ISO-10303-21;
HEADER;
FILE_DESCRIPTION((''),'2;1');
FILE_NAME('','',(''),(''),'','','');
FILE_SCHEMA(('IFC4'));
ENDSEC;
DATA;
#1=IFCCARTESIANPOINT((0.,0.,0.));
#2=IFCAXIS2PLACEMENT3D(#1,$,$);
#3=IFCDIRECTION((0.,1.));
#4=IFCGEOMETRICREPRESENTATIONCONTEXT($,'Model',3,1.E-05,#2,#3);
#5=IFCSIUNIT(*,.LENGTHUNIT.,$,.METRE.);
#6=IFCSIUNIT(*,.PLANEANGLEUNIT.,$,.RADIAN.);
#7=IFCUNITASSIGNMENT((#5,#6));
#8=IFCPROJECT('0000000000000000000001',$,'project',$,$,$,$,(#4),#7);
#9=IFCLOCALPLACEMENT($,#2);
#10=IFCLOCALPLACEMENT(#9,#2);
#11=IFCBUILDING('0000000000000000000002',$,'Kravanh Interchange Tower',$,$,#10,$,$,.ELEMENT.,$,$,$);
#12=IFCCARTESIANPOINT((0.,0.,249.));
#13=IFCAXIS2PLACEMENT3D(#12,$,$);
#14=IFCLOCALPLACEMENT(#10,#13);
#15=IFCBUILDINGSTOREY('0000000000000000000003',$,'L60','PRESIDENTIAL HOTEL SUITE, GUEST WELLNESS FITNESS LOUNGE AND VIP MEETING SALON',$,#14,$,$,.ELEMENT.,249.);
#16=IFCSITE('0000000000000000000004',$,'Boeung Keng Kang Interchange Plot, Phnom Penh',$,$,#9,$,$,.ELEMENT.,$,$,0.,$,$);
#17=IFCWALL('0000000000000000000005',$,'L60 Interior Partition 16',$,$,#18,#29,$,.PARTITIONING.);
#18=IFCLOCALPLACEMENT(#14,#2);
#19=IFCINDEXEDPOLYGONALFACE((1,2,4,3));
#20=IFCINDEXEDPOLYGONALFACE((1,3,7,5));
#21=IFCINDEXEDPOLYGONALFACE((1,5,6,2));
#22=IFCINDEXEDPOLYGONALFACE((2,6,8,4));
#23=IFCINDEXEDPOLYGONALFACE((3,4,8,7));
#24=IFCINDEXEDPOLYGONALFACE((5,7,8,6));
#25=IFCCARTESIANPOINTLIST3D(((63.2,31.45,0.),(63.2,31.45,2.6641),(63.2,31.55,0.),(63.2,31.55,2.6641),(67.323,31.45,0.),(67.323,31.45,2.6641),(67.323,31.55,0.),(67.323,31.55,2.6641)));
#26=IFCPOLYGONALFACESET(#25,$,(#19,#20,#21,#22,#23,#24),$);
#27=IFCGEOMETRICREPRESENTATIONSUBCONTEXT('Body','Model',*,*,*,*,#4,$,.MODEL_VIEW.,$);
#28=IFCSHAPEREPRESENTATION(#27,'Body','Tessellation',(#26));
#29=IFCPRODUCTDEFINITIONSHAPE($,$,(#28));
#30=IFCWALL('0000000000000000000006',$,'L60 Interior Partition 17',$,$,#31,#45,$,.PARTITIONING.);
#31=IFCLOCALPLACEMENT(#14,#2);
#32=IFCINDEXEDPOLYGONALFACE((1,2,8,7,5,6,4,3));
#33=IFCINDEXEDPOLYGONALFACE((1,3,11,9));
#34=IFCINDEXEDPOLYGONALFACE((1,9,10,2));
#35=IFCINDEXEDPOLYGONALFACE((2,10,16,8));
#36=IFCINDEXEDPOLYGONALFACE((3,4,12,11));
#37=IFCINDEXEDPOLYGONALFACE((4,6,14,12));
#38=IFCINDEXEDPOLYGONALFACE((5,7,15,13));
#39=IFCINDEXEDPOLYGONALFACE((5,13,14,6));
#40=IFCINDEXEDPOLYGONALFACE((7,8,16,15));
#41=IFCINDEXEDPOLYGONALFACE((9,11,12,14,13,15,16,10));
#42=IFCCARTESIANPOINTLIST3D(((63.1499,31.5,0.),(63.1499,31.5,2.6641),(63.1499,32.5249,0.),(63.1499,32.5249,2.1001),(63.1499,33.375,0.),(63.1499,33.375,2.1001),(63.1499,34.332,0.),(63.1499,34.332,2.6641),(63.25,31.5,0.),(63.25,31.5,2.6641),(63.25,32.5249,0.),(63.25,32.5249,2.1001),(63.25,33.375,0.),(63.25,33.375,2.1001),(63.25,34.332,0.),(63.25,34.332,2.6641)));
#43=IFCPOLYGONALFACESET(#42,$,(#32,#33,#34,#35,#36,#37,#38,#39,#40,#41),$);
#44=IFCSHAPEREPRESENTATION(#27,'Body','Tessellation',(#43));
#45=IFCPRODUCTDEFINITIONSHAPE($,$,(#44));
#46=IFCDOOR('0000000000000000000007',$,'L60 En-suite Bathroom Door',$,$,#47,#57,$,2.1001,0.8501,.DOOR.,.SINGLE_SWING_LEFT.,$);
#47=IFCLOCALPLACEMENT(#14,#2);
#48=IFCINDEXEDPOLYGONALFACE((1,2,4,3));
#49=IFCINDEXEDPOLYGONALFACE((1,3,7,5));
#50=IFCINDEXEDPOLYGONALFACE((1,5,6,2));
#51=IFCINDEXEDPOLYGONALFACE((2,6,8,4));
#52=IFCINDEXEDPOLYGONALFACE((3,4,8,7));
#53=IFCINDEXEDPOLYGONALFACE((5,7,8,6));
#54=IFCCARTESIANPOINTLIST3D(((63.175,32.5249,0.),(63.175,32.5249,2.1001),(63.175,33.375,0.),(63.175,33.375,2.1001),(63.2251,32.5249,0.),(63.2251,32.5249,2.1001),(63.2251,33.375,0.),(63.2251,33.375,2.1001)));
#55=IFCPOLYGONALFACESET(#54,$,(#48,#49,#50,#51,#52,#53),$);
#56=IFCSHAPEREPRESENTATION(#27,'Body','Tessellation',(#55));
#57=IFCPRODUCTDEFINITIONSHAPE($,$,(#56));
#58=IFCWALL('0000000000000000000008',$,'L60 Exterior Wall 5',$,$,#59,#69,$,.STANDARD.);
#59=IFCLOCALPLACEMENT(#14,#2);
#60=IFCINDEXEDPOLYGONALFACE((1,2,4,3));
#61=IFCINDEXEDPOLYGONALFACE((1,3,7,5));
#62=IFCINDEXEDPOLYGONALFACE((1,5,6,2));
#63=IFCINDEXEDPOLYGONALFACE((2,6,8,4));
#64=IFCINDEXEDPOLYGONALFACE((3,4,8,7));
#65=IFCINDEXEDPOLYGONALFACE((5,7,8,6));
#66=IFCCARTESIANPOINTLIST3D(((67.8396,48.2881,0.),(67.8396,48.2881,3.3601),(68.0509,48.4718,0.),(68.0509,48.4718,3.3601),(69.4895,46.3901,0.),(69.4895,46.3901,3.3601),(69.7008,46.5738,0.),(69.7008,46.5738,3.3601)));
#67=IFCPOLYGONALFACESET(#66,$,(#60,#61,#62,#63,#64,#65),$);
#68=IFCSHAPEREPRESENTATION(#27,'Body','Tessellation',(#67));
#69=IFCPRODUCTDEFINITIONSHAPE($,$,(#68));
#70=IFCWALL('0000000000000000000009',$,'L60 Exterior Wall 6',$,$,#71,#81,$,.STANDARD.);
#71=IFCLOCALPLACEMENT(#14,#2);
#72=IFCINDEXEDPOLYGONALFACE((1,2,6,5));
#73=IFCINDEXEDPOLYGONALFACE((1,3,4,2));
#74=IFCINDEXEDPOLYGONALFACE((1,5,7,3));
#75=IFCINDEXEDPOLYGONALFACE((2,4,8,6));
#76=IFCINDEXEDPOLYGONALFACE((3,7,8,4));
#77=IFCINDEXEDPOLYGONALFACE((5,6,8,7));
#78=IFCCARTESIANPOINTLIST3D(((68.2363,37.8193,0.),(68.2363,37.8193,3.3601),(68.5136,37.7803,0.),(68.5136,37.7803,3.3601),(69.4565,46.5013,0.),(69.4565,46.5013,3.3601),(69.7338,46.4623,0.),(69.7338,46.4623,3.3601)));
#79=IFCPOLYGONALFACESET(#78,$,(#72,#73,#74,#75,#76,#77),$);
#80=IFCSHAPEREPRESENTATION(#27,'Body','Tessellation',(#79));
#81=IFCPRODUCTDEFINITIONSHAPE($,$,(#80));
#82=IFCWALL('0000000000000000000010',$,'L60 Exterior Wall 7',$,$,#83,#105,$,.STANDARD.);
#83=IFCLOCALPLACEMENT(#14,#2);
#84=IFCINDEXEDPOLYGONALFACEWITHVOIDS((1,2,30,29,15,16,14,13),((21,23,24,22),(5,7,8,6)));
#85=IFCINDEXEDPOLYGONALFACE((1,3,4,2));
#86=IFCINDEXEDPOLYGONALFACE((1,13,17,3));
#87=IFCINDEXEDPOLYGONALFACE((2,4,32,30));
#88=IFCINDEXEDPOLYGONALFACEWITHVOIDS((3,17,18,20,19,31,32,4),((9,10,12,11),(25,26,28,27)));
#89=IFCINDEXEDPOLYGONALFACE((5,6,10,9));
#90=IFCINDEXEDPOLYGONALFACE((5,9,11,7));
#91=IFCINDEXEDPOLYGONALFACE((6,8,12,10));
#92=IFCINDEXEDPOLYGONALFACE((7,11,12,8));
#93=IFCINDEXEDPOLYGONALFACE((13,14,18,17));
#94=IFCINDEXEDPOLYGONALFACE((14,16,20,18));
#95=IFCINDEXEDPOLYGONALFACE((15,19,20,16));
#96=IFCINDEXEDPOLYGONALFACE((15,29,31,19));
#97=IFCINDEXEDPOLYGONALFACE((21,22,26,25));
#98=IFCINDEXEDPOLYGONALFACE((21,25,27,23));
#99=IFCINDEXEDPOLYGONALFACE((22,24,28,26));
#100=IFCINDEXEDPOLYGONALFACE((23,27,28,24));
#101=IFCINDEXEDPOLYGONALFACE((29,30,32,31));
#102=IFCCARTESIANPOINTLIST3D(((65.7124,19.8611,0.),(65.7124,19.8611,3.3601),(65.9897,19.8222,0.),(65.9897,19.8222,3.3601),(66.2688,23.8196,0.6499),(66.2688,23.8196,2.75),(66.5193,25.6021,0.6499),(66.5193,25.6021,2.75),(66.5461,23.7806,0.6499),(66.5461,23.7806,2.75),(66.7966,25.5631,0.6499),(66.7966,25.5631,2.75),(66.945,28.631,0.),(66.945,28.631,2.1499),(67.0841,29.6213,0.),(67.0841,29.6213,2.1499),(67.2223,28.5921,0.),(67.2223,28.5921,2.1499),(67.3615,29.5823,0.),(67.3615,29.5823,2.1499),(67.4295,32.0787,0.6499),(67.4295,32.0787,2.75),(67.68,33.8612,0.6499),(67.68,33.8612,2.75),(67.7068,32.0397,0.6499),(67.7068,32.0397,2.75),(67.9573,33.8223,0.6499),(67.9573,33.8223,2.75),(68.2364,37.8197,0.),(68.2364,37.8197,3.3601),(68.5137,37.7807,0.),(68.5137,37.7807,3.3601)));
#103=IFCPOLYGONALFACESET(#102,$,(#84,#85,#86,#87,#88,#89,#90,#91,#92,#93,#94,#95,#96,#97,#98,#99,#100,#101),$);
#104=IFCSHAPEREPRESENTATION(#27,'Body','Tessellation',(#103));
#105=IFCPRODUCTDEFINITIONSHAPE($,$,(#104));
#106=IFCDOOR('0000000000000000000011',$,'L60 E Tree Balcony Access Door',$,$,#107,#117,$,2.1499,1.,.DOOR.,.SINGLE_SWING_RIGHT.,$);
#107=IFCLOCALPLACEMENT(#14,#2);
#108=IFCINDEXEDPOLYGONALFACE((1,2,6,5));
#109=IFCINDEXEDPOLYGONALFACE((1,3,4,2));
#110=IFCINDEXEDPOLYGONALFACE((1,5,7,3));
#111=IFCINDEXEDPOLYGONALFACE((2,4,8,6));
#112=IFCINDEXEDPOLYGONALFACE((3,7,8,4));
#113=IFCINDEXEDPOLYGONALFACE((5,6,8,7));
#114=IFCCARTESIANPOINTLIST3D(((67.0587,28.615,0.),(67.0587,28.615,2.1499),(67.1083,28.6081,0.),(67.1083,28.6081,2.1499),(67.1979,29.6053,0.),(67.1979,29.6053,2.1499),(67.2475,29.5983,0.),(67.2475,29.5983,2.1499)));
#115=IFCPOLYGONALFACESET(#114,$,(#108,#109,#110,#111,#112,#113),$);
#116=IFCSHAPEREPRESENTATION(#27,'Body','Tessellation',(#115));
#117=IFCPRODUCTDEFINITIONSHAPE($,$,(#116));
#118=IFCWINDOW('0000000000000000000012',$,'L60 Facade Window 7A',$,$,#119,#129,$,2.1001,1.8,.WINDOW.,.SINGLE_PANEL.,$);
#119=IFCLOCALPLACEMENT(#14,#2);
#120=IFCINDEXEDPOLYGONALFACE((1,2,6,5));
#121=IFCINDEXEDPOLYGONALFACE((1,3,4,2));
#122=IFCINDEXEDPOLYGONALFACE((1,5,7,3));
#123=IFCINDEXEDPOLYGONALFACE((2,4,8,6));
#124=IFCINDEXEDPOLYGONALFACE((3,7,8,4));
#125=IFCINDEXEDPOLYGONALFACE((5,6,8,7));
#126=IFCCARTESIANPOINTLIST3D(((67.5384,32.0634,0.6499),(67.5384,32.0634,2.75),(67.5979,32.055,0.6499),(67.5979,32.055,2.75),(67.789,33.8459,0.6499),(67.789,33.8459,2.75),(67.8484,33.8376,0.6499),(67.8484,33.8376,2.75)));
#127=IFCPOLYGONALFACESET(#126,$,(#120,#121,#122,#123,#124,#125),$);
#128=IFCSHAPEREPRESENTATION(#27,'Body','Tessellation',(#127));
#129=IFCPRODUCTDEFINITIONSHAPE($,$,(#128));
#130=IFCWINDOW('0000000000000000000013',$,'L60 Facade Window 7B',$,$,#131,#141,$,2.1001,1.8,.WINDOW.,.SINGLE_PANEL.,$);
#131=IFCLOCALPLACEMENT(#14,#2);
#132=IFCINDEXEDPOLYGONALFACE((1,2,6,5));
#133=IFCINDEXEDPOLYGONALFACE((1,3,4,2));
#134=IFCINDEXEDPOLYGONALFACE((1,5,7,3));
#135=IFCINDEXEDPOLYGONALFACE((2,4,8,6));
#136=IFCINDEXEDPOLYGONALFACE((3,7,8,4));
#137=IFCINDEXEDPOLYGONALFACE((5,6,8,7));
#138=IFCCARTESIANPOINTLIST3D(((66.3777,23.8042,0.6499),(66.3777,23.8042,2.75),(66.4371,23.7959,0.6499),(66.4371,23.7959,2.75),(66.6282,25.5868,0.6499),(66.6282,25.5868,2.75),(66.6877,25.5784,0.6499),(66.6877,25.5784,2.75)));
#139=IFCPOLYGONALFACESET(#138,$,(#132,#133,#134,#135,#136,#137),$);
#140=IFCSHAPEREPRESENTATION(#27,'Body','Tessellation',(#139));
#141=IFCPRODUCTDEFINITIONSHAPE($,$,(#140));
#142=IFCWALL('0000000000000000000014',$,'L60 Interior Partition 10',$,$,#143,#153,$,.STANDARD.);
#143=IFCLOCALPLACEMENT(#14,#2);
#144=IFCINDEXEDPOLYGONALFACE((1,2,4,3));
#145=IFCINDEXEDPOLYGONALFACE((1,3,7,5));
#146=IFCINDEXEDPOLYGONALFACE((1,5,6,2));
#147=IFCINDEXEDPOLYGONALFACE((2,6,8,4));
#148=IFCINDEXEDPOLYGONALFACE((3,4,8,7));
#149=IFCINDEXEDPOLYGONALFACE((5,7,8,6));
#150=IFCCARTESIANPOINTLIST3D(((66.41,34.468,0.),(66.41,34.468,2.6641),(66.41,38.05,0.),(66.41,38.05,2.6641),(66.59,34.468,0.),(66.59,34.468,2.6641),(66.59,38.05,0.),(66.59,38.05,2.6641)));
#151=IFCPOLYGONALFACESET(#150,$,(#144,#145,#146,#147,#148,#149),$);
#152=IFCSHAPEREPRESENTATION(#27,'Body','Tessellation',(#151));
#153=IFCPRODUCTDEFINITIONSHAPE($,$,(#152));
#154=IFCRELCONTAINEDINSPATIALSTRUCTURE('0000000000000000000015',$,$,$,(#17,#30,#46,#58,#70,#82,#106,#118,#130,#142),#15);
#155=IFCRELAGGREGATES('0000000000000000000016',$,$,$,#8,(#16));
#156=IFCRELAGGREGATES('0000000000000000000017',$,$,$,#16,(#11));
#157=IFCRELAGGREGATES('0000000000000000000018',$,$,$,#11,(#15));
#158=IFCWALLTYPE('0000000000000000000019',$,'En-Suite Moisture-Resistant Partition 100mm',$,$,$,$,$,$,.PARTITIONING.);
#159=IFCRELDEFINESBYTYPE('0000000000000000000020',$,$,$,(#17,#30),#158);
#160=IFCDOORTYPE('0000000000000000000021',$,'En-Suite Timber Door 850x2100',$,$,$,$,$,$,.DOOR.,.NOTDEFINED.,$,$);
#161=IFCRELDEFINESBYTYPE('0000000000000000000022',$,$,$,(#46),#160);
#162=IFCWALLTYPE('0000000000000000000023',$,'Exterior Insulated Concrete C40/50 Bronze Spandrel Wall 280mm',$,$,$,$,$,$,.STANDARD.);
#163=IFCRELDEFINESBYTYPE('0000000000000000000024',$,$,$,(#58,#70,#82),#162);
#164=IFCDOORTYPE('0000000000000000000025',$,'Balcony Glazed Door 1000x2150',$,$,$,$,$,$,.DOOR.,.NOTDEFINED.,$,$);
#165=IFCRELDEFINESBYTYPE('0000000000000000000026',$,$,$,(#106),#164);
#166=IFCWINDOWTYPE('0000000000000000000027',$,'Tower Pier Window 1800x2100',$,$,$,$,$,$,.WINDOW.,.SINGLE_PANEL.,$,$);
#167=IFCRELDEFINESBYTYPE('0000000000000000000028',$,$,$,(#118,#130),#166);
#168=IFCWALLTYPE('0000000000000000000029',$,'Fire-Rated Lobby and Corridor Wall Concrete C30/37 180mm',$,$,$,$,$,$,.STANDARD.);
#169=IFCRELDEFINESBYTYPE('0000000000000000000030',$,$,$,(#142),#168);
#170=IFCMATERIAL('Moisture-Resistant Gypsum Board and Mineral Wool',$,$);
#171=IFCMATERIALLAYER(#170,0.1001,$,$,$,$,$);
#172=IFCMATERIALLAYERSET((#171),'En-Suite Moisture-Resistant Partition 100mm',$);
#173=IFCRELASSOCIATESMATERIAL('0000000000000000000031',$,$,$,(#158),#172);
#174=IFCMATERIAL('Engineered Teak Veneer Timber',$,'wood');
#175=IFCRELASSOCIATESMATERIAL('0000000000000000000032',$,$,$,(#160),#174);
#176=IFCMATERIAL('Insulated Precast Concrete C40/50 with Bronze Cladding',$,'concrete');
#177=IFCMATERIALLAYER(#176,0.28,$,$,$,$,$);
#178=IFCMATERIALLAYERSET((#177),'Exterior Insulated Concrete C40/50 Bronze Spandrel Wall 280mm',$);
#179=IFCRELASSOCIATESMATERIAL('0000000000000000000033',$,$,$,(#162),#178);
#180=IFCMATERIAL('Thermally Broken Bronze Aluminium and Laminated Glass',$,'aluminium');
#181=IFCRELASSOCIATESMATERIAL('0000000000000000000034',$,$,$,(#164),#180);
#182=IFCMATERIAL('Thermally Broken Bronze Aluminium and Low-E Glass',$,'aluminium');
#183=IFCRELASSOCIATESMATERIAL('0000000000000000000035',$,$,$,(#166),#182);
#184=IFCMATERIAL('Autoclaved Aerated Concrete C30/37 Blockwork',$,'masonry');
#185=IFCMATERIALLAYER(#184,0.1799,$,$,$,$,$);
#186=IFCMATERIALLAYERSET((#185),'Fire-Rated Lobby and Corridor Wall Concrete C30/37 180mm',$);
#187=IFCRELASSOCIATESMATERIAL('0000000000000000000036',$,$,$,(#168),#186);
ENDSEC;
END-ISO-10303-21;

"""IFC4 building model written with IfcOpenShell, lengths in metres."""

from ifc_helpers import new_model, si_unit, direction, frame, frame_2d, origin, place, context, subcontext, project, spatial, rectangle, extrude, material, layer, layer_set, type_object, element, fill, save


model = new_model("IFC4")

# Units and contexts
model_context = context("Model", 3, precision=1e-05, world=origin(), true_north=direction((0.0, 1.0)))
body_context = subcontext(model_context, "Body", "Model", "MODEL_VIEW")
ifc_project = project(units=[si_unit("LENGTHUNIT", "METRE"), si_unit("PLANEANGLEUNIT", "RADIAN")], contexts=[model_context])

# Site, building, storey
site_placement = place(None, origin())
site = spatial("IfcSite", under=ifc_project, at=site_placement, Name="Boeung Keng Kang Interchange Plot, Phnom Penh", CompositionType="ELEMENT", RefElevation=0.0)
building_placement = place(site_placement, origin())
building = spatial("IfcBuilding", under=site, at=building_placement, Name="Kravanh Interchange Tower", CompositionType="ELEMENT")
storey_placement = place(building_placement, frame((0.0, 0.0, 249.0)))
storey = spatial("IfcBuildingStorey", under=building, at=storey_placement, Name="L60", Description="PRESIDENTIAL HOTEL SUITE, GUEST WELLNESS FITNESS LOUNGE AND VIP MEETING SALON", CompositionType="ELEMENT", Elevation=249.0)

# Wall
ifc_material_1 = material(Name="Moisture-Resistant Gypsum Board and Mineral Wool")
ifc_layer_1 = layer(ifc_material_1, 0.1001)
ifc_layer_set_1 = layer_set([ifc_layer_1], Name="En-Suite Moisture-Resistant Partition 100mm")
wall_type_1 = type_object("IfcWallType", Name="En-Suite Moisture-Resistant Partition 100mm", PredefinedType="PARTITIONING", material=ifc_layer_set_1)
wall_1_placement = place(storey_placement, frame((63.2, 31.5, 0.0), z_axis=(0.0, 0.0, 1.0), x_axis=(1.0, 0.0, 0.0)))
element("IfcWall", 1, at=wall_1_placement, inside=storey, type_object=wall_type_1, Name="L60 Interior Partition 16", PredefinedType="PARTITIONING", context=body_context, shape_type="SweptSolid", body=[
    extrude(rectangle(XDim=4.123, YDim=0.1001, at=frame_2d((2.0615, 0.0))), origin(), (0.0, 0.0, 1.0), 2.6641),
])

# Wall, opening, door
wall_2_placement = place(storey_placement, frame((63.2, 31.5, 0.0), z_axis=(0.0, 0.0, 1.0), x_axis=(0.0, 1.0, 0.0)))
wall_2 = element("IfcWall", 2, at=wall_2_placement, inside=storey, type_object=wall_type_1, Name="L60 Interior Partition 17", PredefinedType="PARTITIONING", context=body_context, shape_type="SweptSolid", body=[
    extrude(rectangle(XDim=2.832, YDim=0.1001, at=frame_2d((1.416, 0.0))), origin(), (0.0, 0.0, 1.0), 2.6641),
])
opening_1_placement = place(wall_2_placement, frame((1.0249, 0.0, 0.0)))
opening_1 = element("IfcOpeningElement", 3, at=opening_1_placement, cuts=wall_2, PredefinedType="OPENING", context=body_context, shape_type="SweptSolid", body=[
    extrude(rectangle(XDim=0.8501, YDim=2.1001, at=frame_2d((0.425, 1.05))), frame((0.0, 0.0601, 0.0), z_axis=(0.0, -1.0, 0.0), x_axis=(1.0, 0.0, 0.0)), (0.0, 0.0, 1.0), 0.1201),
])
ifc_material_2 = material(Name="Engineered Teak Veneer Timber", Category="wood")
door_type_1 = type_object("IfcDoorType", Name="En-Suite Timber Door 850x2100", OperationType="NOTDEFINED", PredefinedType="DOOR", material=ifc_material_2)
door_1_placement = place(opening_1_placement, origin())
door_1 = element("IfcDoor", 4, at=door_1_placement, inside=storey, type_object=door_type_1, Name="L60 En-suite Bathroom Door", OperationType="SINGLE_SWING_LEFT", OverallHeight=2.1001, OverallWidth=0.8501, PredefinedType="DOOR", context=body_context, shape_type="SweptSolid", body=[
    extrude(rectangle(XDim=0.8501, YDim=2.1001, at=frame_2d((0.425, 1.05))), frame((0.0, 0.0249, 0.0), z_axis=(0.0, -1.0, 0.0), x_axis=(1.0, 0.0, 0.0)), (0.0, 0.0, 1.0), 0.05),
])
fill(opening_1, door_1)

# Walls
ifc_material_3 = material(Name="Insulated Precast Concrete C40/50 with Bronze Cladding", Category="concrete")
ifc_layer_2 = layer(ifc_material_3, 0.28)
ifc_layer_set_2 = layer_set([ifc_layer_2], Name="Exterior Insulated Concrete C40/50 Bronze Spandrel Wall 280mm")
wall_type_2 = type_object("IfcWallType", Name="Exterior Insulated Concrete C40/50 Bronze Spandrel Wall 280mm", PredefinedType="STANDARD", material=ifc_layer_set_2)
wall_3_placement = place(storey_placement, frame((67.9453, 48.3799, 0.0), z_axis=(0.0, 0.0, 1.0), x_axis=(0.656068, -0.754702, 0.0)))
element("IfcWall", 5, at=wall_3_placement, inside=storey, type_object=wall_type_2, Name="L60 Exterior Wall 5", PredefinedType="STANDARD", context=body_context, shape_type="SweptSolid", body=[
    extrude(rectangle(XDim=2.5149, YDim=0.28, at=frame_2d((1.2573, 0.0))), origin(), (0.0, 0.0, 1.0), 3.3601),
])
wall_4_placement = place(storey_placement, frame((69.5952, 46.4819, 0.0), z_axis=(0.0, 0.0, 1.0), x_axis=(-0.139179, -0.990267, 0.0)))
element("IfcWall", 6, at=wall_4_placement, inside=storey, type_object=wall_type_2, Name="L60 Exterior Wall 6", PredefinedType="STANDARD", context=body_context, shape_type="SweptSolid", body=[
    extrude(rectangle(XDim=8.7673, YDim=0.28, at=frame_2d((4.3838, 0.0))), origin(), (0.0, 0.0, 1.0), 3.3601),
])

# Wall, openings, door, windows
wall_5_placement = place(storey_placement, frame((68.375, 37.8, 0.0), z_axis=(0.0, 0.0, 1.0), x_axis=(-0.139174, -0.990268, 0.0)))
wall_5 = element("IfcWall", 7, at=wall_5_placement, inside=storey, type_object=wall_type_2, Name="L60 Exterior Wall 7", PredefinedType="STANDARD", context=body_context, shape_type="SweptSolid", body=[
    extrude(rectangle(XDim=18.135, YDim=0.28, at=frame_2d((9.0674, 0.0))), origin(), (0.0, 0.0, 1.0), 3.3601),
])
opening_2_placement = place(wall_5_placement, frame((8.2788, 0.0, 0.0)))
opening_2 = element("IfcOpeningElement", 8, at=opening_2_placement, cuts=wall_5, PredefinedType="OPENING", context=body_context, shape_type="SweptSolid", body=[
    extrude(rectangle(XDim=1.0, YDim=2.1499, at=frame_2d((0.5, 1.075))), frame((0.0, 0.1499, 0.0), z_axis=(0.0, -1.0, 0.0), x_axis=(1.0, 0.0, 0.0)), (0.0, 0.0, 1.0), 0.3),
])
opening_3_placement = place(wall_5_placement, frame((3.9973, 0.0, 0.6499)))
opening_3 = element("IfcOpeningElement", 9, at=opening_3_placement, cuts=wall_5, PredefinedType="OPENING", context=body_context, shape_type="SweptSolid", body=[
    extrude(rectangle(XDim=1.8, YDim=2.1001, at=frame_2d((0.8999, 1.05))), frame((0.0, 0.1499, 0.0), z_axis=(0.0, -1.0, 0.0), x_axis=(1.0, 0.0, 0.0)), (0.0, 0.0, 1.0), 0.3),
])
opening_4_placement = place(wall_5_placement, frame((12.3376, 0.0, 0.6499)))
opening_4 = element("IfcOpeningElement", 10, at=opening_4_placement, cuts=wall_5, PredefinedType="OPENING", context=body_context, shape_type="SweptSolid", body=[
    extrude(rectangle(XDim=1.8, YDim=2.1001, at=frame_2d((0.8999, 1.05))), frame((0.0, 0.1499, 0.0), z_axis=(0.0, -1.0, 0.0), x_axis=(1.0, 0.0, 0.0)), (0.0, 0.0, 1.0), 0.3),
])
ifc_material_4 = material(Name="Thermally Broken Bronze Aluminium and Laminated Glass", Category="aluminium")
door_type_2 = type_object("IfcDoorType", Name="Balcony Glazed Door 1000x2150", OperationType="NOTDEFINED", PredefinedType="DOOR", material=ifc_material_4)
door_2_placement = place(opening_2_placement, origin())
door_2 = element("IfcDoor", 11, at=door_2_placement, inside=storey, type_object=door_type_2, Name="L60 E Tree Balcony Access Door", OperationType="SINGLE_SWING_RIGHT", OverallHeight=2.1499, OverallWidth=1.0, PredefinedType="DOOR", context=body_context, shape_type="SweptSolid", body=[
    extrude(rectangle(XDim=1.0, YDim=2.1499, at=frame_2d((0.5, 1.075))), frame((0.0, 0.0249, 0.0), z_axis=(0.0, -1.0, 0.0), x_axis=(1.0, 0.0, 0.0)), (0.0, 0.0, 1.0), 0.05),
])
fill(opening_2, door_2)
ifc_material_5 = material(Name="Thermally Broken Bronze Aluminium and Low-E Glass", Category="aluminium")
window_type = type_object("IfcWindowType", Name="Tower Pier Window 1800x2100", PartitioningType="SINGLE_PANEL", PredefinedType="WINDOW", material=ifc_material_5)
window_1_placement = place(opening_3_placement, origin())
window_1 = element("IfcWindow", 12, at=window_1_placement, inside=storey, type_object=window_type, Name="L60 Facade Window 7A", OverallHeight=2.1001, OverallWidth=1.8, PartitioningType="SINGLE_PANEL", PredefinedType="WINDOW", context=body_context, shape_type="SweptSolid", body=[
    extrude(rectangle(XDim=1.8, YDim=2.1001, at=frame_2d((0.8999, 1.05))), frame((0.0, 0.03, 0.0), z_axis=(0.0, -1.0, 0.0), x_axis=(1.0, 0.0, 0.0)), (0.0, 0.0, 1.0), 0.0601),
])
fill(opening_3, window_1)
window_2_placement = place(opening_4_placement, origin())
window_2 = element("IfcWindow", 13, at=window_2_placement, inside=storey, type_object=window_type, Name="L60 Facade Window 7B", OverallHeight=2.1001, OverallWidth=1.8, PartitioningType="SINGLE_PANEL", PredefinedType="WINDOW", context=body_context, shape_type="SweptSolid", body=[
    extrude(rectangle(XDim=1.8, YDim=2.1001, at=frame_2d((0.8999, 1.05))), frame((0.0, 0.03, 0.0), z_axis=(0.0, -1.0, 0.0), x_axis=(1.0, 0.0, 0.0)), (0.0, 0.0, 1.0), 0.0601),
])
fill(opening_4, window_2)

# Wall
ifc_material_6 = material(Name="Autoclaved Aerated Concrete C30/37 Blockwork", Category="masonry")
ifc_layer_3 = layer(ifc_material_6, 0.1799)
ifc_layer_set_3 = layer_set([ifc_layer_3], Name="Fire-Rated Lobby and Corridor Wall Concrete C30/37 180mm")
wall_type_3 = type_object("IfcWallType", Name="Fire-Rated Lobby and Corridor Wall Concrete C30/37 180mm", PredefinedType="STANDARD", material=ifc_layer_set_3)
wall_6_placement = place(storey_placement, frame((66.5, 34.468, 0.0), z_axis=(0.0, 0.0, 1.0), x_axis=(0.0, 1.0, 0.0)))
element("IfcWall", 14, at=wall_6_placement, inside=storey, type_object=wall_type_3, Name="L60 Interior Partition 10", PredefinedType="STANDARD", context=body_context, shape_type="SweptSolid", body=[
    extrude(rectangle(XDim=3.582, YDim=0.1799, at=frame_2d((1.791, 0.0))), origin(), (0.0, 0.0, 1.0), 2.6641),
])

save(model, "model.ifc")
